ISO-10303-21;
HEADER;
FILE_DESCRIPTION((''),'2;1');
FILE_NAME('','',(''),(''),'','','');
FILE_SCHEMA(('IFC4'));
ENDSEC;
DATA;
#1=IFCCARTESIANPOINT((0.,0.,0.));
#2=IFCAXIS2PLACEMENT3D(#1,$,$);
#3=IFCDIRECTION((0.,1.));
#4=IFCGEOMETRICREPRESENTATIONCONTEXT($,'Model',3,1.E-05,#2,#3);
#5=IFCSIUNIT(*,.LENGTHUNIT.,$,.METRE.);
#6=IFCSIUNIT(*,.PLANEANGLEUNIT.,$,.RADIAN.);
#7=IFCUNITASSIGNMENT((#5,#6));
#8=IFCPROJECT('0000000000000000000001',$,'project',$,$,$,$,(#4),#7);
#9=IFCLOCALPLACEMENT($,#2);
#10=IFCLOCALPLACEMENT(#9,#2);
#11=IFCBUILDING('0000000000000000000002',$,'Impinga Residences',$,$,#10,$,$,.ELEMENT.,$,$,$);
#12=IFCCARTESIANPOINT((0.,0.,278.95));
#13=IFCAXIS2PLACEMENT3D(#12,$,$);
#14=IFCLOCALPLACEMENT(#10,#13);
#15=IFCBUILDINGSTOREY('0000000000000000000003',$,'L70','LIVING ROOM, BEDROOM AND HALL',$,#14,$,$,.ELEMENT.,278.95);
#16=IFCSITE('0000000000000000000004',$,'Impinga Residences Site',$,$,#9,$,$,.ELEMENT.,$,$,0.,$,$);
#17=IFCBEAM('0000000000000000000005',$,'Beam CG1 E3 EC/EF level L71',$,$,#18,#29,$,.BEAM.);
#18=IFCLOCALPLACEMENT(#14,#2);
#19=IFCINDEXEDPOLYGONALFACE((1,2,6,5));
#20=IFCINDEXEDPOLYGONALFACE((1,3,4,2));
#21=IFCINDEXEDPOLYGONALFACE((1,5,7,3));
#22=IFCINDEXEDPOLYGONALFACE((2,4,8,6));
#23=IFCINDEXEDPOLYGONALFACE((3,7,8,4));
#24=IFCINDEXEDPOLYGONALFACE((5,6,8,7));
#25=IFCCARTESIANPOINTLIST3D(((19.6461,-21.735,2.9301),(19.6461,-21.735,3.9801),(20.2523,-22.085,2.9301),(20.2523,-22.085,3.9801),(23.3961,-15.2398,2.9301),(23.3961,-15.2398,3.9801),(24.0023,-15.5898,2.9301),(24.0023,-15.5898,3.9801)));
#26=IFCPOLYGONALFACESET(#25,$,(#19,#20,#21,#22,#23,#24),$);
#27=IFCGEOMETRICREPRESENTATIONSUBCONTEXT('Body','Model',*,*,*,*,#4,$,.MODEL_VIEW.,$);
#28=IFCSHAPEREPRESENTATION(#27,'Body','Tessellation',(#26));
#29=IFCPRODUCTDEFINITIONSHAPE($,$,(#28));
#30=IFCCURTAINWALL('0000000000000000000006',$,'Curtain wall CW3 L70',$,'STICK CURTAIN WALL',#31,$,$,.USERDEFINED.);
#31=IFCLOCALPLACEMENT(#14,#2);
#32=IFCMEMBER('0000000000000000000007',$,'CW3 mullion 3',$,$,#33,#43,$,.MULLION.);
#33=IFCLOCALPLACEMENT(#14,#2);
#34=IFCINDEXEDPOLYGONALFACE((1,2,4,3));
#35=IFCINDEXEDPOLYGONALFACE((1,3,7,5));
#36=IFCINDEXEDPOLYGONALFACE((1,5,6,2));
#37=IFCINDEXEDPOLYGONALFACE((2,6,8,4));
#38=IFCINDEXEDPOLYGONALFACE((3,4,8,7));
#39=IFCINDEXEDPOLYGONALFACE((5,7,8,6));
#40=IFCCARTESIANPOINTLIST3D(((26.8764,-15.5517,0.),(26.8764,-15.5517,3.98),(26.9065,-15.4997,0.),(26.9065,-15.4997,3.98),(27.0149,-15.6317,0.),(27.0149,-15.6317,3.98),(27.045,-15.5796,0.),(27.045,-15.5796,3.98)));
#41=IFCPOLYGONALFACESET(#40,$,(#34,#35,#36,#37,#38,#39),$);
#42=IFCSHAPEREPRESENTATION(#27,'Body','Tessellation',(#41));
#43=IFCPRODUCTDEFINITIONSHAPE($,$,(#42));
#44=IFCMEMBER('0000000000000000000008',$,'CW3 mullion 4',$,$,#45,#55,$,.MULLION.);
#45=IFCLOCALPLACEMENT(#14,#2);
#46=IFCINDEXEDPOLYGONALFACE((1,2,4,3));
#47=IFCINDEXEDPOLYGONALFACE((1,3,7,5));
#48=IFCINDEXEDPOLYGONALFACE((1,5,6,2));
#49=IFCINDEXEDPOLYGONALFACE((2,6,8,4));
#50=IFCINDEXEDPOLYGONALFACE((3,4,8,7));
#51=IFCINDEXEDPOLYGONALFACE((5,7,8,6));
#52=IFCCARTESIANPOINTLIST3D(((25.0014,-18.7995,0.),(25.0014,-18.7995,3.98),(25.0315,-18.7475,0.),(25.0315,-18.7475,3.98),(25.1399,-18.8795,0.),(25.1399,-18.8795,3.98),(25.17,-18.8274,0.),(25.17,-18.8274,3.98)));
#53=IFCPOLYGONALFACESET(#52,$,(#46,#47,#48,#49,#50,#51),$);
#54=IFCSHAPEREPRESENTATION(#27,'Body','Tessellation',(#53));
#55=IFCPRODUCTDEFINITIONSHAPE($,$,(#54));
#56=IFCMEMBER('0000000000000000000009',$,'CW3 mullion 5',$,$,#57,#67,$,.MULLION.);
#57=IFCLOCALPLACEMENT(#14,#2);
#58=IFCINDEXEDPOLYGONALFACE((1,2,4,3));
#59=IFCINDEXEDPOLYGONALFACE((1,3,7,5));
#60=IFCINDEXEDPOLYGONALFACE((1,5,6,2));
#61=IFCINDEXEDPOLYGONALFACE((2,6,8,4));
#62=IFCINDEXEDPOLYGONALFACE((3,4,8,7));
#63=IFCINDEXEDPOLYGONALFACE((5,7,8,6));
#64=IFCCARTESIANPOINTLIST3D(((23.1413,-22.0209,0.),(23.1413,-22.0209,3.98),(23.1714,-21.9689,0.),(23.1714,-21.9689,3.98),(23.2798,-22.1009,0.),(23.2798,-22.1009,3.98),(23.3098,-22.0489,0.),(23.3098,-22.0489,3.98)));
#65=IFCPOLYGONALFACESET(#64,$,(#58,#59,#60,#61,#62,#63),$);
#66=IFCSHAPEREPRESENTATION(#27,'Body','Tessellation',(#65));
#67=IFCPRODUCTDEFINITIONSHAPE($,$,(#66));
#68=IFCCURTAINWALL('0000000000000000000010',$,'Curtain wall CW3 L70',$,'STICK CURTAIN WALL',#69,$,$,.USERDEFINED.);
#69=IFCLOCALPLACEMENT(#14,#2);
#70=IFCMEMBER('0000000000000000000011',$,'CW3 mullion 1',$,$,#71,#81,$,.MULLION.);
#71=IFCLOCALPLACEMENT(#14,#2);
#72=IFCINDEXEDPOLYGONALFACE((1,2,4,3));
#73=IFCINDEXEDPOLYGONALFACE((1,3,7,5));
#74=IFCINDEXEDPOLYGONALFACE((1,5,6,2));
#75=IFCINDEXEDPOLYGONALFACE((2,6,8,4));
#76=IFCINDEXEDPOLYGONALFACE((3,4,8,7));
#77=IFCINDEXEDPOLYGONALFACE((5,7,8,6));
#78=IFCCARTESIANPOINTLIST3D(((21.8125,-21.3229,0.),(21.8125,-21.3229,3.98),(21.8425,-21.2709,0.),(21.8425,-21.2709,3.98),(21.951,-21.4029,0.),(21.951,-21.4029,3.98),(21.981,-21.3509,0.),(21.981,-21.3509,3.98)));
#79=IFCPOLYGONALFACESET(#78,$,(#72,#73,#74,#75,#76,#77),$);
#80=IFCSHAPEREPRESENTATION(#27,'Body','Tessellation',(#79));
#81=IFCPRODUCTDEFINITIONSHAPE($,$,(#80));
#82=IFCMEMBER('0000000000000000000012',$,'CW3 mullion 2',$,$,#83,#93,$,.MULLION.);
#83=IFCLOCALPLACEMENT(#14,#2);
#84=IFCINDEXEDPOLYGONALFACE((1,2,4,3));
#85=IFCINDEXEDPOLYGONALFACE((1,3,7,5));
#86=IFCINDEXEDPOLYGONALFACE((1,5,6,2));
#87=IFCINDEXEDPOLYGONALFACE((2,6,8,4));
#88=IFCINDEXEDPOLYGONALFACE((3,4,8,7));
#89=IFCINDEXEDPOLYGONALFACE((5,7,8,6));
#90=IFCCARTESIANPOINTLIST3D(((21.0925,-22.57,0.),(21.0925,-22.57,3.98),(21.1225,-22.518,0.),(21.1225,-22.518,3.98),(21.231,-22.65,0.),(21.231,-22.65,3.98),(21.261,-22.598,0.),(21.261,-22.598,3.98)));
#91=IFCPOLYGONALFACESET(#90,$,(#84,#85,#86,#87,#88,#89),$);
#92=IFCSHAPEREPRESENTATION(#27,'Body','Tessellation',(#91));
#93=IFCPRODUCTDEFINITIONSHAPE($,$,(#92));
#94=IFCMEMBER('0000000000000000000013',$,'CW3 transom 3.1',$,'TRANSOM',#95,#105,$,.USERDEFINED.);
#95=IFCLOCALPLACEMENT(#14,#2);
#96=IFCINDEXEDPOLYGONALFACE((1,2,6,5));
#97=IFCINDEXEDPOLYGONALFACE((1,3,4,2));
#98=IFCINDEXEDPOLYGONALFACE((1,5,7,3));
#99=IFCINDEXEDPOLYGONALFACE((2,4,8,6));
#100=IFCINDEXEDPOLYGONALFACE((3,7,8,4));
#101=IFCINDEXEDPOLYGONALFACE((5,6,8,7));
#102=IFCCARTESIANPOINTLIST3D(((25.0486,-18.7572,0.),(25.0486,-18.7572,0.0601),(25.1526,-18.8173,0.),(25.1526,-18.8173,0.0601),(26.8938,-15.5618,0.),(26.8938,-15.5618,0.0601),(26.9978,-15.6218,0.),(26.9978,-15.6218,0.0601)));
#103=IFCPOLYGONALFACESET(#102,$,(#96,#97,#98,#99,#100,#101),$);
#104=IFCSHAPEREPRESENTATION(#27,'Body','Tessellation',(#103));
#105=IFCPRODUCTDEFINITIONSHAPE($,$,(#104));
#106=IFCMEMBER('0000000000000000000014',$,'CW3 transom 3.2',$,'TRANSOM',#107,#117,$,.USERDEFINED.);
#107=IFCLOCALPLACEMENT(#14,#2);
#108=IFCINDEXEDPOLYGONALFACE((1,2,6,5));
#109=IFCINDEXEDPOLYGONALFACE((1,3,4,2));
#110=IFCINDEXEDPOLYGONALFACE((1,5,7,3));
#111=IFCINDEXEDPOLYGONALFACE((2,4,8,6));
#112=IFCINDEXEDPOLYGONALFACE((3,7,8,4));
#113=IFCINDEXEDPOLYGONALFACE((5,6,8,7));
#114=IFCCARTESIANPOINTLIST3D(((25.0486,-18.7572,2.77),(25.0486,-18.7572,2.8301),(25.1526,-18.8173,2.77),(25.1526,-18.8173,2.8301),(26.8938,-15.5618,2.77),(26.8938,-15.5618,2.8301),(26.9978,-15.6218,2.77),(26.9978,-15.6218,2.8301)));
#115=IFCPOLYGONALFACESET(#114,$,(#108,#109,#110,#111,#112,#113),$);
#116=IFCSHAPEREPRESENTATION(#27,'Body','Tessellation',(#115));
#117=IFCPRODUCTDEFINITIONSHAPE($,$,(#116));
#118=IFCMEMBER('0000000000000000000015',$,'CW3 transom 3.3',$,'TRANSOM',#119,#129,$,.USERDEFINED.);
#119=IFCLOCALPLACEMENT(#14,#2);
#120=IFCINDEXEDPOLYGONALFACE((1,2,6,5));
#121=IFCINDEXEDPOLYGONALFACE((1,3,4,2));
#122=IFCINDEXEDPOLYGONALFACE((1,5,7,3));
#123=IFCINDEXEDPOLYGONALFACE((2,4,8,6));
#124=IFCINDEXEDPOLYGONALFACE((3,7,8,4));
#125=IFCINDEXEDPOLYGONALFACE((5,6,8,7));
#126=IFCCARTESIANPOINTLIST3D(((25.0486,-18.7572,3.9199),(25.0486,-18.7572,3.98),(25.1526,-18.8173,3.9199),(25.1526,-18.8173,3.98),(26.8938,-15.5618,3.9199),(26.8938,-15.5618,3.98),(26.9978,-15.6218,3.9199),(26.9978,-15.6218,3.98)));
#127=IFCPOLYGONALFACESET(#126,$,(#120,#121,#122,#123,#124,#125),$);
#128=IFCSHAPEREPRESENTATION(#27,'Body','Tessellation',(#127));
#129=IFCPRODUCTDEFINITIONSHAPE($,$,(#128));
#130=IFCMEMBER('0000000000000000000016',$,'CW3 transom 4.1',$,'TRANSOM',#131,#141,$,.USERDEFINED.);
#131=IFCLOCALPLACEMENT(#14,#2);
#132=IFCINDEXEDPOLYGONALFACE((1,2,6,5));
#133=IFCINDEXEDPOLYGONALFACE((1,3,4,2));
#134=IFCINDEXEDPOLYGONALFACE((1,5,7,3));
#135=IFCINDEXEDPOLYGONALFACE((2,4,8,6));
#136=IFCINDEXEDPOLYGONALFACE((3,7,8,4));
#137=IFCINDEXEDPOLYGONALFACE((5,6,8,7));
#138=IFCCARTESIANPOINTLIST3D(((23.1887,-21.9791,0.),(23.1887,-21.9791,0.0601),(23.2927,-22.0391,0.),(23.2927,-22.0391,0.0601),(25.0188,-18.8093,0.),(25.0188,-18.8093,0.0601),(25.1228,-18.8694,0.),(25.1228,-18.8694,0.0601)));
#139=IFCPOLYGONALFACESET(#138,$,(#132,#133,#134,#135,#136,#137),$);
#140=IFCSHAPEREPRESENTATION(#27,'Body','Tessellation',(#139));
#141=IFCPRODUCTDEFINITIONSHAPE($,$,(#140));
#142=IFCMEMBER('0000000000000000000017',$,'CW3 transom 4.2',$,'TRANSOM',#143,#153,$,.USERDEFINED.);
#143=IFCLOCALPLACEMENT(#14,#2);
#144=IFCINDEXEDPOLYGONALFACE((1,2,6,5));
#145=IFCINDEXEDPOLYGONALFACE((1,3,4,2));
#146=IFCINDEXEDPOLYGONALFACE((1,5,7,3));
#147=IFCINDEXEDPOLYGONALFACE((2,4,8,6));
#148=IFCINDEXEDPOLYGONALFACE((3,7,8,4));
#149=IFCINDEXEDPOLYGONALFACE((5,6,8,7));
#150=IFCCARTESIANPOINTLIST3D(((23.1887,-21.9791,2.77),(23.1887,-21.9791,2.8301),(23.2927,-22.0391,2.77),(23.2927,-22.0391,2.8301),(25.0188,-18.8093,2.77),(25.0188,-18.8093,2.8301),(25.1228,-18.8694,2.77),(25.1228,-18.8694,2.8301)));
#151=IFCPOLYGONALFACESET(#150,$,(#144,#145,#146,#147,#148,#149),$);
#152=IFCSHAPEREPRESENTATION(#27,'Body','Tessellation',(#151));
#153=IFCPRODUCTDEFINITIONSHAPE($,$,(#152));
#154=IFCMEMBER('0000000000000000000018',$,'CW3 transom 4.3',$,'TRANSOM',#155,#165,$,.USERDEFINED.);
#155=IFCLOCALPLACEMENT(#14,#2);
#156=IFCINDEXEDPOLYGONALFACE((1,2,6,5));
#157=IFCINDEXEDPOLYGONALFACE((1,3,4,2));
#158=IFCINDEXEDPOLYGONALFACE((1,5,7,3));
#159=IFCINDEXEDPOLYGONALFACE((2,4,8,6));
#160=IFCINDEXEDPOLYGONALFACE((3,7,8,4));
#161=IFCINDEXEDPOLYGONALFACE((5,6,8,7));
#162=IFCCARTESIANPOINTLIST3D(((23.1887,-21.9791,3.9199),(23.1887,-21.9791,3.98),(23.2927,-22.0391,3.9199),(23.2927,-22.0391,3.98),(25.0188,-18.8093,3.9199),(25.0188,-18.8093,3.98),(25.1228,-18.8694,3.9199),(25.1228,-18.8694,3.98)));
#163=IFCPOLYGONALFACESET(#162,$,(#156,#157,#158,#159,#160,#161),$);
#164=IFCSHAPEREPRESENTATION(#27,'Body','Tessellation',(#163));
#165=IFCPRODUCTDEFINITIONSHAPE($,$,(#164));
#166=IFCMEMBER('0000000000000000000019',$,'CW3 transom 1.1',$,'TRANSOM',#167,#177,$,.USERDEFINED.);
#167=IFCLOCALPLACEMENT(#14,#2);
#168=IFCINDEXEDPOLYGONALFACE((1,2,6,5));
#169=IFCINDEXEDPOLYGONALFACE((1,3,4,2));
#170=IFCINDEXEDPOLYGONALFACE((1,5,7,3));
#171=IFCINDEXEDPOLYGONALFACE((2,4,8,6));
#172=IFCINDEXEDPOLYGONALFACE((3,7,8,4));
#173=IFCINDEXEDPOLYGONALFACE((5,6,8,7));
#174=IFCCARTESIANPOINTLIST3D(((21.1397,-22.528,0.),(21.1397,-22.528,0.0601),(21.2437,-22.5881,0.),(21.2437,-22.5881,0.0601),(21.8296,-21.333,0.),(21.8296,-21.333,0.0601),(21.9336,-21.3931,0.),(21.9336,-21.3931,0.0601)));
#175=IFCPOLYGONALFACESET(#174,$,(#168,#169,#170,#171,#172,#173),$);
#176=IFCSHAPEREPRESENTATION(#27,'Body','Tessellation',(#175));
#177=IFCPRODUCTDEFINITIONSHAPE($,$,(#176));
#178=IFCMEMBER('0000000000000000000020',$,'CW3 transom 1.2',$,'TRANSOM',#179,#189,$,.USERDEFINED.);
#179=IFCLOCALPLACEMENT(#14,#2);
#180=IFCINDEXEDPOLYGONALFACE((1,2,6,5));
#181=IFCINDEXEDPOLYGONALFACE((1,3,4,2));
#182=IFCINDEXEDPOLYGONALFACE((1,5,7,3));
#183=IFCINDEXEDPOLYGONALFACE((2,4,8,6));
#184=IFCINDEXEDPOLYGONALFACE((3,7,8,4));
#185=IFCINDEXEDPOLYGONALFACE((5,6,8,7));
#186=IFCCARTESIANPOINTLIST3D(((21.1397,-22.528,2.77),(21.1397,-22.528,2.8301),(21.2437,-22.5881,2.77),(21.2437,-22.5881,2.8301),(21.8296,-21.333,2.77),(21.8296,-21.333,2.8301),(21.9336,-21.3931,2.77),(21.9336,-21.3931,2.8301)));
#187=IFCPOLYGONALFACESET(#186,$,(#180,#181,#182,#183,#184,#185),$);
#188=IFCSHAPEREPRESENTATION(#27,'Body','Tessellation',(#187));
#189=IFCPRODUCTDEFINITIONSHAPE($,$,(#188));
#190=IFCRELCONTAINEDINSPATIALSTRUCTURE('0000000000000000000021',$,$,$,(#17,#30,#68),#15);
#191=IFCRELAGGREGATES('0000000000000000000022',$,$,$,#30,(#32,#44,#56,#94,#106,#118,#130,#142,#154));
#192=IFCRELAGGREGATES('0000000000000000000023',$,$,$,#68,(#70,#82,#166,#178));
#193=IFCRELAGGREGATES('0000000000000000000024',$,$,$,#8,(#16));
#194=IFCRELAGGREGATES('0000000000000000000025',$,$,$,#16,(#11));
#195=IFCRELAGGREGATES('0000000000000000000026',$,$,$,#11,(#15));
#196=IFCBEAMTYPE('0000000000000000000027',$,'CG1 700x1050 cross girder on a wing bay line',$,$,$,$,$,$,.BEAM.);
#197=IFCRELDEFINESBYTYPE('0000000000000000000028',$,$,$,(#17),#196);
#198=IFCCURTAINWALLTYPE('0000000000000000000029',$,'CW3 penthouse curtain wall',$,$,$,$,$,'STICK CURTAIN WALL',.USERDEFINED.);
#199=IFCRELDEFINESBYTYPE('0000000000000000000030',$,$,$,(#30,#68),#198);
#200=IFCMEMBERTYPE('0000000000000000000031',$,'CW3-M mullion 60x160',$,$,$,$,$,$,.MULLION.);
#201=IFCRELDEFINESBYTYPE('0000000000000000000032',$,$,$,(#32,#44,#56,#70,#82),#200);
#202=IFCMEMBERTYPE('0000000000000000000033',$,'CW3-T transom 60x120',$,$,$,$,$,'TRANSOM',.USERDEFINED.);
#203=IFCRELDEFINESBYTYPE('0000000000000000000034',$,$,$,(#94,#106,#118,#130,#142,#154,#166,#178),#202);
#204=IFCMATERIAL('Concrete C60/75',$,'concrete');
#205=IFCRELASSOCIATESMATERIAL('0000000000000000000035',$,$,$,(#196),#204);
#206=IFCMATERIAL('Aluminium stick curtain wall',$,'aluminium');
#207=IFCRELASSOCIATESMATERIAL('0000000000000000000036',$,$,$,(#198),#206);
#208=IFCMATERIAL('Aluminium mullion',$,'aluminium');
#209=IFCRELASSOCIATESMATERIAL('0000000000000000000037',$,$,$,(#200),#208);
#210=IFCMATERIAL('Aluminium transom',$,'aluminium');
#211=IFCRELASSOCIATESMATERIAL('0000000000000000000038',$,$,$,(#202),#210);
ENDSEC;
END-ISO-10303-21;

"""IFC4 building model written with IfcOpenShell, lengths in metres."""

from ifc_helpers import new_model, si_unit, direction, frame, origin, origin_2d, place, context, subcontext, project, spatial, rectangle, extrude, material, material_profile, profile_set, type_object, element, aggregate, save


model = new_model("IFC4")

# Units and contexts
model_context = context("Model", 3, precision=1e-05, world=origin(), true_north=direction((0.0, 1.0)))
body_context = subcontext(model_context, "Body", "Model", "MODEL_VIEW")
ifc_project = project(units=[si_unit("LENGTHUNIT", "METRE"), si_unit("PLANEANGLEUNIT", "RADIAN")], contexts=[model_context])

# Site, building, storey
site_placement = place(None, origin())
site = spatial("IfcSite", under=ifc_project, at=site_placement, Name="Impinga Residences Site", CompositionType="ELEMENT", RefElevation=0.0)
building_placement = place(site_placement, origin())
building = spatial("IfcBuilding", under=site, at=building_placement, Name="Impinga Residences", CompositionType="ELEMENT")
storey_placement = place(building_placement, frame((0.0, 0.0, 278.95)))
storey = spatial("IfcBuildingStorey", under=building, at=storey_placement, Name="L70", Description="LIVING ROOM, BEDROOM AND HALL", CompositionType="ELEMENT", Elevation=278.95)

# Beam
ifc_material_1 = material(Name="Concrete C60/75", Category="concrete")
ifc_material_profile_1 = material_profile(ifc_material_1, rectangle(XDim=0.7, YDim=1.05, at=origin_2d()), Name="RC 700x1050")
ifc_profile_set_1 = profile_set([ifc_material_profile_1], Name="Concrete C60/75")
beam_type_1 = type_object("IfcBeamType", Name="CG1 700x1050 cross girder on a wing bay line", PredefinedType="BEAM", material=ifc_profile_set_1)
beam_1_placement = place(storey_placement, frame((23.6992, -15.4148, 3.4551), z_axis=(-0.500004, -0.866023, 0.0), x_axis=(0.866023, -0.500004, 0.0)))
element("IfcBeam", 1, at=beam_1_placement, inside=storey, type_object=beam_type_1, Name="Beam CG1 E3 EC/EF level L71", PredefinedType="BEAM", context=body_context, shape_type="SweptSolid", body=[
    extrude(rectangle(XDim=0.7, YDim=1.05, at=origin_2d()), origin(), (0.0, 0.0, 1.0), 7.5),
])

# Curtain walls, members
ifc_material_2 = material(Name="Aluminium stick curtain wall", Category="aluminium")
curtain_wall_type = type_object("IfcCurtainWallType", Name="CW3 penthouse curtain wall", ElementType="STICK CURTAIN WALL", PredefinedType="USERDEFINED", material=ifc_material_2)
curtain_wall_1_placement = place(storey_placement, origin())
curtain_wall_1 = element("IfcCurtainWall", 2, at=curtain_wall_1_placement, inside=storey, type_object=curtain_wall_type, Name="Curtain wall CW3 L70", ObjectType="STICK CURTAIN WALL", PredefinedType="USERDEFINED")
ifc_material_3 = material(Name="Aluminium mullion", Category="aluminium")
ifc_material_profile_2 = material_profile(ifc_material_3, rectangle(XDim=0.0601, YDim=0.1599, at=origin_2d()), Name="60x160 mullion")
ifc_profile_set_2 = profile_set([ifc_material_profile_2], Name="Aluminium mullion")
member_type_1 = type_object("IfcMemberType", Name="CW3-M mullion 60x160", PredefinedType="MULLION", material=ifc_profile_set_2)
member_1_placement = place(storey_placement, frame((26.9607, -15.5657, 0.0), z_axis=(0.0, 0.0, 1.0), x_axis=(-0.5, -0.866025, 0.0)))
member_1 = element("IfcMember", 3, at=member_1_placement, type_object=member_type_1, Name="CW3 mullion 3", PredefinedType="MULLION", context=body_context, shape_type="SweptSolid", body=[
    extrude(rectangle(XDim=0.0601, YDim=0.1599, at=origin_2d()), origin(), (0.0, 0.0, 1.0), 3.98),
])
member_2_placement = place(storey_placement, frame((25.0857, -18.8135, 0.0), z_axis=(0.0, 0.0, 1.0), x_axis=(-0.5, -0.866025, 0.0)))
member_2 = element("IfcMember", 4, at=member_2_placement, type_object=member_type_1, Name="CW3 mullion 4", PredefinedType="MULLION", context=body_context, shape_type="SweptSolid", body=[
    extrude(rectangle(XDim=0.0601, YDim=0.1599, at=origin_2d()), origin(), (0.0, 0.0, 1.0), 3.98),
])
member_3_placement = place(storey_placement, frame((23.2256, -22.0349, 0.0), z_axis=(0.0, 0.0, 1.0), x_axis=(-0.5, -0.866025, 0.0)))
member_3 = element("IfcMember", 5, at=member_3_placement, type_object=member_type_1, Name="CW3 mullion 5", PredefinedType="MULLION", context=body_context, shape_type="SweptSolid", body=[
    extrude(rectangle(XDim=0.0601, YDim=0.1599, at=origin_2d()), origin(), (0.0, 0.0, 1.0), 3.98),
])
curtain_wall_2_placement = place(storey_placement, origin())
curtain_wall_2 = element("IfcCurtainWall", 6, at=curtain_wall_2_placement, inside=storey, type_object=curtain_wall_type, Name="Curtain wall CW3 L70", ObjectType="STICK CURTAIN WALL", PredefinedType="USERDEFINED")
member_4_placement = place(storey_placement, frame((21.8967, -21.3369, 0.0), z_axis=(0.0, 0.0, 1.0), x_axis=(-0.5, -0.866025, 0.0)))
member_4 = element("IfcMember", 7, at=member_4_placement, type_object=member_type_1, Name="CW3 mullion 1", PredefinedType="MULLION", context=body_context, shape_type="SweptSolid", body=[
    extrude(rectangle(XDim=0.0601, YDim=0.1599, at=origin_2d()), origin(), (0.0, 0.0, 1.0), 3.98),
])
member_5_placement = place(storey_placement, frame((21.1768, -22.584, 0.0), z_axis=(0.0, 0.0, 1.0), x_axis=(-0.5, -0.866025, 0.0)))
member_5 = element("IfcMember", 8, at=member_5_placement, type_object=member_type_1, Name="CW3 mullion 2", PredefinedType="MULLION", context=body_context, shape_type="SweptSolid", body=[
    extrude(rectangle(XDim=0.0601, YDim=0.1599, at=origin_2d()), origin(), (0.0, 0.0, 1.0), 3.98),
])

# Members
ifc_material_4 = material(Name="Aluminium transom", Category="aluminium")
ifc_material_profile_3 = material_profile(ifc_material_4, rectangle(XDim=0.0601, YDim=0.1201, at=origin_2d()), Name="60x120 transom")
ifc_profile_set_3 = profile_set([ifc_material_profile_3], Name="Aluminium transom")
member_type_2 = type_object("IfcMemberType", Name="CW3-T transom 60x120", ElementType="TRANSOM", PredefinedType="USERDEFINED", material=ifc_profile_set_3)
member_6_placement = place(storey_placement, frame((26.9458, -15.5918, 0.03), z_axis=(-0.500053, -0.865995, 0.0), x_axis=(0.0, 0.0, 1.0)))
member_6 = element("IfcMember", 9, at=member_6_placement, type_object=member_type_2, Name="CW3 transom 3.1", ObjectType="TRANSOM", PredefinedType="USERDEFINED", context=body_context, shape_type="SweptSolid", body=[
    extrude(rectangle(XDim=0.0601, YDim=0.1201, at=origin_2d()), origin(), (0.0, 0.0, 1.0), 3.6899),
])
member_7_placement = place(storey_placement, frame((26.9458, -15.5918, 2.8), z_axis=(-0.500053, -0.865995, 0.0), x_axis=(0.0, 0.0, 1.0)))
member_7 = element("IfcMember", 10, at=member_7_placement, type_object=member_type_2, Name="CW3 transom 3.2", ObjectType="TRANSOM", PredefinedType="USERDEFINED", context=body_context, shape_type="SweptSolid", body=[
    extrude(rectangle(XDim=0.0601, YDim=0.1201, at=origin_2d()), origin(), (0.0, 0.0, 1.0), 3.6899),
])
member_8_placement = place(storey_placement, frame((26.9458, -15.5918, 3.95), z_axis=(-0.500053, -0.865995, 0.0), x_axis=(0.0, 0.0, 1.0)))
member_8 = element("IfcMember", 11, at=member_8_placement, type_object=member_type_2, Name="CW3 transom 3.3", ObjectType="TRANSOM", PredefinedType="USERDEFINED", context=body_context, shape_type="SweptSolid", body=[
    extrude(rectangle(XDim=0.0601, YDim=0.1201, at=origin_2d()), origin(), (0.0, 0.0, 1.0), 3.6899),
])
member_9_placement = place(storey_placement, frame((25.0708, -18.8394, 0.03), z_axis=(-0.500013, -0.866018, 0.0), x_axis=(0.0, 0.0, 1.0)))
member_9 = element("IfcMember", 12, at=member_9_placement, type_object=member_type_2, Name="CW3 transom 4.1", ObjectType="TRANSOM", PredefinedType="USERDEFINED", context=body_context, shape_type="SweptSolid", body=[
    extrude(rectangle(XDim=0.0601, YDim=0.1201, at=origin_2d()), origin(), (0.0, 0.0, 1.0), 3.6602),
])
member_10_placement = place(storey_placement, frame((25.0708, -18.8394, 2.8), z_axis=(-0.500013, -0.866018, 0.0), x_axis=(0.0, 0.0, 1.0)))
member_10 = element("IfcMember", 13, at=member_10_placement, type_object=member_type_2, Name="CW3 transom 4.2", ObjectType="TRANSOM", PredefinedType="USERDEFINED", context=body_context, shape_type="SweptSolid", body=[
    extrude(rectangle(XDim=0.0601, YDim=0.1201, at=origin_2d()), origin(), (0.0, 0.0, 1.0), 3.6602),
])
member_11_placement = place(storey_placement, frame((25.0708, -18.8394, 3.95), z_axis=(-0.500013, -0.866018, 0.0), x_axis=(0.0, 0.0, 1.0)))
member_11 = element("IfcMember", 14, at=member_11_placement, type_object=member_type_2, Name="CW3 transom 4.3", ObjectType="TRANSOM", PredefinedType="USERDEFINED", context=body_context, shape_type="SweptSolid", body=[
    extrude(rectangle(XDim=0.0601, YDim=0.1201, at=origin_2d()), origin(), (0.0, 0.0, 1.0), 3.6602),
])
member_12_placement = place(storey_placement, frame((21.8816, -21.363, 0.03), z_axis=(-0.499983, -0.866035, 0.0), x_axis=(0.0, 0.0, 1.0)))
member_12 = element("IfcMember", 15, at=member_12_placement, type_object=member_type_2, Name="CW3 transom 1.1", ObjectType="TRANSOM", PredefinedType="USERDEFINED", context=body_context, shape_type="SweptSolid", body=[
    extrude(rectangle(XDim=0.0601, YDim=0.1201, at=origin_2d()), origin(), (0.0, 0.0, 1.0), 1.3799),
])
member_13_placement = place(storey_placement, frame((21.8816, -21.363, 2.8), z_axis=(-0.499983, -0.866035, 0.0), x_axis=(0.0, 0.0, 1.0)))
member_13 = element("IfcMember", 16, at=member_13_placement, type_object=member_type_2, Name="CW3 transom 1.2", ObjectType="TRANSOM", PredefinedType="USERDEFINED", context=body_context, shape_type="SweptSolid", body=[
    extrude(rectangle(XDim=0.0601, YDim=0.1201, at=origin_2d()), origin(), (0.0, 0.0, 1.0), 1.3799),
])

aggregate(curtain_wall_1, [member_1, member_2, member_3, member_6, member_7, member_8, member_9, member_10, member_11])
aggregate(curtain_wall_2, [member_4, member_5, member_12, member_13])

save(model, "model.ifc")
